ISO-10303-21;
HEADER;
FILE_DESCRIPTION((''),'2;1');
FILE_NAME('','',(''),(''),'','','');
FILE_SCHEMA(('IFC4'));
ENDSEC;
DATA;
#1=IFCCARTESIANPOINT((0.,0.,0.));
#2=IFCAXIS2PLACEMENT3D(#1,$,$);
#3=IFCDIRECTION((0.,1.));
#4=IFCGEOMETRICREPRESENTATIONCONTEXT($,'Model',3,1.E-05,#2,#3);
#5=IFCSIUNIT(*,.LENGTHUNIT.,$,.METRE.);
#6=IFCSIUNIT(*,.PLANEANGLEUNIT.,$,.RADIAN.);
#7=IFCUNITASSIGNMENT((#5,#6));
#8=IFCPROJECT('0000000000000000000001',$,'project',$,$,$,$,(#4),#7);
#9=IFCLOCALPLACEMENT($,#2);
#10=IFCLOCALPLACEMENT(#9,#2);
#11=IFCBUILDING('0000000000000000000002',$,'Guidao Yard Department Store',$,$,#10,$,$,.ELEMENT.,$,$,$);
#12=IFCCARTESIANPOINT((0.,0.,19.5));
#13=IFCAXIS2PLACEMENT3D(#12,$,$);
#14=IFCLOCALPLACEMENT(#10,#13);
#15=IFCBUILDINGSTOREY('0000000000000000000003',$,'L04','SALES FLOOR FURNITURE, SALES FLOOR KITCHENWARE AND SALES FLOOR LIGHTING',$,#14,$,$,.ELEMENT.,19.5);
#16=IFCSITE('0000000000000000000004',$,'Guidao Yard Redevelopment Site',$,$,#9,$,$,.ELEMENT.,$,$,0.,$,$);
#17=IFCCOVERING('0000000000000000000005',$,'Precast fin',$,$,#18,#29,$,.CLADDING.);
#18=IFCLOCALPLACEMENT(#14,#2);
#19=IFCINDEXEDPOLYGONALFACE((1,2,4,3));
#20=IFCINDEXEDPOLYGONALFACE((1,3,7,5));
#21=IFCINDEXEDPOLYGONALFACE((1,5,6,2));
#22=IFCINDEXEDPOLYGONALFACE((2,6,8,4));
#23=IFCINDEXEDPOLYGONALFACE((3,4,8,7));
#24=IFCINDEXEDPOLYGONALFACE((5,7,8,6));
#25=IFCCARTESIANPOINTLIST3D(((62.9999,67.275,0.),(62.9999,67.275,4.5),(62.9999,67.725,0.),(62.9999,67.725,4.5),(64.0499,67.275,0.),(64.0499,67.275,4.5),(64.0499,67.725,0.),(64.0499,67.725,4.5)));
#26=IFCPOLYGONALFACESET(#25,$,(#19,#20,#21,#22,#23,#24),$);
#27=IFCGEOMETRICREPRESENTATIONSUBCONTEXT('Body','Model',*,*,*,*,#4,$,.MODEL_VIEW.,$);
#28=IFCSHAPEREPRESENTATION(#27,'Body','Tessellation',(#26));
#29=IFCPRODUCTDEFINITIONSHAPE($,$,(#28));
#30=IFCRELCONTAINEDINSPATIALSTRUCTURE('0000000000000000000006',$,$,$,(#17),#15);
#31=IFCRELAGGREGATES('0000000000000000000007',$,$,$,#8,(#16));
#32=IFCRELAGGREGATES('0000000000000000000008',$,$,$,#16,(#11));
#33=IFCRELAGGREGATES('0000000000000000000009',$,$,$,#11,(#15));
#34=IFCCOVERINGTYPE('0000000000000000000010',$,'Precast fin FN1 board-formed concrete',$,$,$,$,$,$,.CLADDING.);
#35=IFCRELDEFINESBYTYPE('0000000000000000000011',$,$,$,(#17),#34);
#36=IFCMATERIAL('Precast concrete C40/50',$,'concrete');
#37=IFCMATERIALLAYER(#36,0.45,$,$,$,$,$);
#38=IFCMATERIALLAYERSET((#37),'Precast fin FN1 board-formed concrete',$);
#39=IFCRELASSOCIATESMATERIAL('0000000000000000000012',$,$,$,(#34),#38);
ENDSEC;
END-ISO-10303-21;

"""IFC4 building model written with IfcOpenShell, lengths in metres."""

from ifc_helpers import new_model, si_unit, direction, frame, origin, origin_2d, place, context, subcontext, project, spatial, rectangle, extrude, material, layer, layer_set, type_object, element, save


model = new_model("IFC4")

# Units and contexts
model_context = context("Model", 3, precision=1e-05, world=origin(), true_north=direction((0.0, 1.0)))
body_context = subcontext(model_context, "Body", "Model", "MODEL_VIEW")
ifc_project = project(units=[si_unit("LENGTHUNIT", "METRE"), si_unit("PLANEANGLEUNIT", "RADIAN")], contexts=[model_context])

# Site, building, storey
site_placement = place(None, origin())
site = spatial("IfcSite", under=ifc_project, at=site_placement, Name="Guidao Yard Redevelopment Site", CompositionType="ELEMENT", RefElevation=0.0)
building_placement = place(site_placement, origin())
building = spatial("IfcBuilding", under=site, at=building_placement, Name="Guidao Yard Department Store", CompositionType="ELEMENT")
storey_placement = place(building_placement, frame((0.0, 0.0, 19.5)))
storey = spatial("IfcBuildingStorey", under=building, at=storey_placement, Name="L04", Description="SALES FLOOR FURNITURE, SALES FLOOR KITCHENWARE AND SALES FLOOR LIGHTING", CompositionType="ELEMENT", Elevation=19.5)

# Covering
ifc_material_1 = material(Name="Precast concrete C40/50", Category="concrete")
ifc_layer_1 = layer(ifc_material_1, 0.45)
ifc_layer_set_1 = layer_set([ifc_layer_1], Name="Precast fin FN1 board-formed concrete")
covering_type = type_object("IfcCoveringType", Name="Precast fin FN1 board-formed concrete", PredefinedType="CLADDING", material=ifc_layer_set_1)
covering_1_placement = place(storey_placement, frame((63.5249, 67.5, 0.0), z_axis=(0.0, 0.0, 1.0), x_axis=(0.0, -1.0, 0.0)))
element("IfcCovering", 1, at=covering_1_placement, inside=storey, type_object=covering_type, Name="Precast fin", PredefinedType="CLADDING", context=body_context, shape_type="SweptSolid", body=[
    extrude(rectangle(XDim=0.45, YDim=1.05, at=origin_2d()), origin(), (0.0, 0.0, 1.0), 4.5),
])

save(model, "model.ifc")
